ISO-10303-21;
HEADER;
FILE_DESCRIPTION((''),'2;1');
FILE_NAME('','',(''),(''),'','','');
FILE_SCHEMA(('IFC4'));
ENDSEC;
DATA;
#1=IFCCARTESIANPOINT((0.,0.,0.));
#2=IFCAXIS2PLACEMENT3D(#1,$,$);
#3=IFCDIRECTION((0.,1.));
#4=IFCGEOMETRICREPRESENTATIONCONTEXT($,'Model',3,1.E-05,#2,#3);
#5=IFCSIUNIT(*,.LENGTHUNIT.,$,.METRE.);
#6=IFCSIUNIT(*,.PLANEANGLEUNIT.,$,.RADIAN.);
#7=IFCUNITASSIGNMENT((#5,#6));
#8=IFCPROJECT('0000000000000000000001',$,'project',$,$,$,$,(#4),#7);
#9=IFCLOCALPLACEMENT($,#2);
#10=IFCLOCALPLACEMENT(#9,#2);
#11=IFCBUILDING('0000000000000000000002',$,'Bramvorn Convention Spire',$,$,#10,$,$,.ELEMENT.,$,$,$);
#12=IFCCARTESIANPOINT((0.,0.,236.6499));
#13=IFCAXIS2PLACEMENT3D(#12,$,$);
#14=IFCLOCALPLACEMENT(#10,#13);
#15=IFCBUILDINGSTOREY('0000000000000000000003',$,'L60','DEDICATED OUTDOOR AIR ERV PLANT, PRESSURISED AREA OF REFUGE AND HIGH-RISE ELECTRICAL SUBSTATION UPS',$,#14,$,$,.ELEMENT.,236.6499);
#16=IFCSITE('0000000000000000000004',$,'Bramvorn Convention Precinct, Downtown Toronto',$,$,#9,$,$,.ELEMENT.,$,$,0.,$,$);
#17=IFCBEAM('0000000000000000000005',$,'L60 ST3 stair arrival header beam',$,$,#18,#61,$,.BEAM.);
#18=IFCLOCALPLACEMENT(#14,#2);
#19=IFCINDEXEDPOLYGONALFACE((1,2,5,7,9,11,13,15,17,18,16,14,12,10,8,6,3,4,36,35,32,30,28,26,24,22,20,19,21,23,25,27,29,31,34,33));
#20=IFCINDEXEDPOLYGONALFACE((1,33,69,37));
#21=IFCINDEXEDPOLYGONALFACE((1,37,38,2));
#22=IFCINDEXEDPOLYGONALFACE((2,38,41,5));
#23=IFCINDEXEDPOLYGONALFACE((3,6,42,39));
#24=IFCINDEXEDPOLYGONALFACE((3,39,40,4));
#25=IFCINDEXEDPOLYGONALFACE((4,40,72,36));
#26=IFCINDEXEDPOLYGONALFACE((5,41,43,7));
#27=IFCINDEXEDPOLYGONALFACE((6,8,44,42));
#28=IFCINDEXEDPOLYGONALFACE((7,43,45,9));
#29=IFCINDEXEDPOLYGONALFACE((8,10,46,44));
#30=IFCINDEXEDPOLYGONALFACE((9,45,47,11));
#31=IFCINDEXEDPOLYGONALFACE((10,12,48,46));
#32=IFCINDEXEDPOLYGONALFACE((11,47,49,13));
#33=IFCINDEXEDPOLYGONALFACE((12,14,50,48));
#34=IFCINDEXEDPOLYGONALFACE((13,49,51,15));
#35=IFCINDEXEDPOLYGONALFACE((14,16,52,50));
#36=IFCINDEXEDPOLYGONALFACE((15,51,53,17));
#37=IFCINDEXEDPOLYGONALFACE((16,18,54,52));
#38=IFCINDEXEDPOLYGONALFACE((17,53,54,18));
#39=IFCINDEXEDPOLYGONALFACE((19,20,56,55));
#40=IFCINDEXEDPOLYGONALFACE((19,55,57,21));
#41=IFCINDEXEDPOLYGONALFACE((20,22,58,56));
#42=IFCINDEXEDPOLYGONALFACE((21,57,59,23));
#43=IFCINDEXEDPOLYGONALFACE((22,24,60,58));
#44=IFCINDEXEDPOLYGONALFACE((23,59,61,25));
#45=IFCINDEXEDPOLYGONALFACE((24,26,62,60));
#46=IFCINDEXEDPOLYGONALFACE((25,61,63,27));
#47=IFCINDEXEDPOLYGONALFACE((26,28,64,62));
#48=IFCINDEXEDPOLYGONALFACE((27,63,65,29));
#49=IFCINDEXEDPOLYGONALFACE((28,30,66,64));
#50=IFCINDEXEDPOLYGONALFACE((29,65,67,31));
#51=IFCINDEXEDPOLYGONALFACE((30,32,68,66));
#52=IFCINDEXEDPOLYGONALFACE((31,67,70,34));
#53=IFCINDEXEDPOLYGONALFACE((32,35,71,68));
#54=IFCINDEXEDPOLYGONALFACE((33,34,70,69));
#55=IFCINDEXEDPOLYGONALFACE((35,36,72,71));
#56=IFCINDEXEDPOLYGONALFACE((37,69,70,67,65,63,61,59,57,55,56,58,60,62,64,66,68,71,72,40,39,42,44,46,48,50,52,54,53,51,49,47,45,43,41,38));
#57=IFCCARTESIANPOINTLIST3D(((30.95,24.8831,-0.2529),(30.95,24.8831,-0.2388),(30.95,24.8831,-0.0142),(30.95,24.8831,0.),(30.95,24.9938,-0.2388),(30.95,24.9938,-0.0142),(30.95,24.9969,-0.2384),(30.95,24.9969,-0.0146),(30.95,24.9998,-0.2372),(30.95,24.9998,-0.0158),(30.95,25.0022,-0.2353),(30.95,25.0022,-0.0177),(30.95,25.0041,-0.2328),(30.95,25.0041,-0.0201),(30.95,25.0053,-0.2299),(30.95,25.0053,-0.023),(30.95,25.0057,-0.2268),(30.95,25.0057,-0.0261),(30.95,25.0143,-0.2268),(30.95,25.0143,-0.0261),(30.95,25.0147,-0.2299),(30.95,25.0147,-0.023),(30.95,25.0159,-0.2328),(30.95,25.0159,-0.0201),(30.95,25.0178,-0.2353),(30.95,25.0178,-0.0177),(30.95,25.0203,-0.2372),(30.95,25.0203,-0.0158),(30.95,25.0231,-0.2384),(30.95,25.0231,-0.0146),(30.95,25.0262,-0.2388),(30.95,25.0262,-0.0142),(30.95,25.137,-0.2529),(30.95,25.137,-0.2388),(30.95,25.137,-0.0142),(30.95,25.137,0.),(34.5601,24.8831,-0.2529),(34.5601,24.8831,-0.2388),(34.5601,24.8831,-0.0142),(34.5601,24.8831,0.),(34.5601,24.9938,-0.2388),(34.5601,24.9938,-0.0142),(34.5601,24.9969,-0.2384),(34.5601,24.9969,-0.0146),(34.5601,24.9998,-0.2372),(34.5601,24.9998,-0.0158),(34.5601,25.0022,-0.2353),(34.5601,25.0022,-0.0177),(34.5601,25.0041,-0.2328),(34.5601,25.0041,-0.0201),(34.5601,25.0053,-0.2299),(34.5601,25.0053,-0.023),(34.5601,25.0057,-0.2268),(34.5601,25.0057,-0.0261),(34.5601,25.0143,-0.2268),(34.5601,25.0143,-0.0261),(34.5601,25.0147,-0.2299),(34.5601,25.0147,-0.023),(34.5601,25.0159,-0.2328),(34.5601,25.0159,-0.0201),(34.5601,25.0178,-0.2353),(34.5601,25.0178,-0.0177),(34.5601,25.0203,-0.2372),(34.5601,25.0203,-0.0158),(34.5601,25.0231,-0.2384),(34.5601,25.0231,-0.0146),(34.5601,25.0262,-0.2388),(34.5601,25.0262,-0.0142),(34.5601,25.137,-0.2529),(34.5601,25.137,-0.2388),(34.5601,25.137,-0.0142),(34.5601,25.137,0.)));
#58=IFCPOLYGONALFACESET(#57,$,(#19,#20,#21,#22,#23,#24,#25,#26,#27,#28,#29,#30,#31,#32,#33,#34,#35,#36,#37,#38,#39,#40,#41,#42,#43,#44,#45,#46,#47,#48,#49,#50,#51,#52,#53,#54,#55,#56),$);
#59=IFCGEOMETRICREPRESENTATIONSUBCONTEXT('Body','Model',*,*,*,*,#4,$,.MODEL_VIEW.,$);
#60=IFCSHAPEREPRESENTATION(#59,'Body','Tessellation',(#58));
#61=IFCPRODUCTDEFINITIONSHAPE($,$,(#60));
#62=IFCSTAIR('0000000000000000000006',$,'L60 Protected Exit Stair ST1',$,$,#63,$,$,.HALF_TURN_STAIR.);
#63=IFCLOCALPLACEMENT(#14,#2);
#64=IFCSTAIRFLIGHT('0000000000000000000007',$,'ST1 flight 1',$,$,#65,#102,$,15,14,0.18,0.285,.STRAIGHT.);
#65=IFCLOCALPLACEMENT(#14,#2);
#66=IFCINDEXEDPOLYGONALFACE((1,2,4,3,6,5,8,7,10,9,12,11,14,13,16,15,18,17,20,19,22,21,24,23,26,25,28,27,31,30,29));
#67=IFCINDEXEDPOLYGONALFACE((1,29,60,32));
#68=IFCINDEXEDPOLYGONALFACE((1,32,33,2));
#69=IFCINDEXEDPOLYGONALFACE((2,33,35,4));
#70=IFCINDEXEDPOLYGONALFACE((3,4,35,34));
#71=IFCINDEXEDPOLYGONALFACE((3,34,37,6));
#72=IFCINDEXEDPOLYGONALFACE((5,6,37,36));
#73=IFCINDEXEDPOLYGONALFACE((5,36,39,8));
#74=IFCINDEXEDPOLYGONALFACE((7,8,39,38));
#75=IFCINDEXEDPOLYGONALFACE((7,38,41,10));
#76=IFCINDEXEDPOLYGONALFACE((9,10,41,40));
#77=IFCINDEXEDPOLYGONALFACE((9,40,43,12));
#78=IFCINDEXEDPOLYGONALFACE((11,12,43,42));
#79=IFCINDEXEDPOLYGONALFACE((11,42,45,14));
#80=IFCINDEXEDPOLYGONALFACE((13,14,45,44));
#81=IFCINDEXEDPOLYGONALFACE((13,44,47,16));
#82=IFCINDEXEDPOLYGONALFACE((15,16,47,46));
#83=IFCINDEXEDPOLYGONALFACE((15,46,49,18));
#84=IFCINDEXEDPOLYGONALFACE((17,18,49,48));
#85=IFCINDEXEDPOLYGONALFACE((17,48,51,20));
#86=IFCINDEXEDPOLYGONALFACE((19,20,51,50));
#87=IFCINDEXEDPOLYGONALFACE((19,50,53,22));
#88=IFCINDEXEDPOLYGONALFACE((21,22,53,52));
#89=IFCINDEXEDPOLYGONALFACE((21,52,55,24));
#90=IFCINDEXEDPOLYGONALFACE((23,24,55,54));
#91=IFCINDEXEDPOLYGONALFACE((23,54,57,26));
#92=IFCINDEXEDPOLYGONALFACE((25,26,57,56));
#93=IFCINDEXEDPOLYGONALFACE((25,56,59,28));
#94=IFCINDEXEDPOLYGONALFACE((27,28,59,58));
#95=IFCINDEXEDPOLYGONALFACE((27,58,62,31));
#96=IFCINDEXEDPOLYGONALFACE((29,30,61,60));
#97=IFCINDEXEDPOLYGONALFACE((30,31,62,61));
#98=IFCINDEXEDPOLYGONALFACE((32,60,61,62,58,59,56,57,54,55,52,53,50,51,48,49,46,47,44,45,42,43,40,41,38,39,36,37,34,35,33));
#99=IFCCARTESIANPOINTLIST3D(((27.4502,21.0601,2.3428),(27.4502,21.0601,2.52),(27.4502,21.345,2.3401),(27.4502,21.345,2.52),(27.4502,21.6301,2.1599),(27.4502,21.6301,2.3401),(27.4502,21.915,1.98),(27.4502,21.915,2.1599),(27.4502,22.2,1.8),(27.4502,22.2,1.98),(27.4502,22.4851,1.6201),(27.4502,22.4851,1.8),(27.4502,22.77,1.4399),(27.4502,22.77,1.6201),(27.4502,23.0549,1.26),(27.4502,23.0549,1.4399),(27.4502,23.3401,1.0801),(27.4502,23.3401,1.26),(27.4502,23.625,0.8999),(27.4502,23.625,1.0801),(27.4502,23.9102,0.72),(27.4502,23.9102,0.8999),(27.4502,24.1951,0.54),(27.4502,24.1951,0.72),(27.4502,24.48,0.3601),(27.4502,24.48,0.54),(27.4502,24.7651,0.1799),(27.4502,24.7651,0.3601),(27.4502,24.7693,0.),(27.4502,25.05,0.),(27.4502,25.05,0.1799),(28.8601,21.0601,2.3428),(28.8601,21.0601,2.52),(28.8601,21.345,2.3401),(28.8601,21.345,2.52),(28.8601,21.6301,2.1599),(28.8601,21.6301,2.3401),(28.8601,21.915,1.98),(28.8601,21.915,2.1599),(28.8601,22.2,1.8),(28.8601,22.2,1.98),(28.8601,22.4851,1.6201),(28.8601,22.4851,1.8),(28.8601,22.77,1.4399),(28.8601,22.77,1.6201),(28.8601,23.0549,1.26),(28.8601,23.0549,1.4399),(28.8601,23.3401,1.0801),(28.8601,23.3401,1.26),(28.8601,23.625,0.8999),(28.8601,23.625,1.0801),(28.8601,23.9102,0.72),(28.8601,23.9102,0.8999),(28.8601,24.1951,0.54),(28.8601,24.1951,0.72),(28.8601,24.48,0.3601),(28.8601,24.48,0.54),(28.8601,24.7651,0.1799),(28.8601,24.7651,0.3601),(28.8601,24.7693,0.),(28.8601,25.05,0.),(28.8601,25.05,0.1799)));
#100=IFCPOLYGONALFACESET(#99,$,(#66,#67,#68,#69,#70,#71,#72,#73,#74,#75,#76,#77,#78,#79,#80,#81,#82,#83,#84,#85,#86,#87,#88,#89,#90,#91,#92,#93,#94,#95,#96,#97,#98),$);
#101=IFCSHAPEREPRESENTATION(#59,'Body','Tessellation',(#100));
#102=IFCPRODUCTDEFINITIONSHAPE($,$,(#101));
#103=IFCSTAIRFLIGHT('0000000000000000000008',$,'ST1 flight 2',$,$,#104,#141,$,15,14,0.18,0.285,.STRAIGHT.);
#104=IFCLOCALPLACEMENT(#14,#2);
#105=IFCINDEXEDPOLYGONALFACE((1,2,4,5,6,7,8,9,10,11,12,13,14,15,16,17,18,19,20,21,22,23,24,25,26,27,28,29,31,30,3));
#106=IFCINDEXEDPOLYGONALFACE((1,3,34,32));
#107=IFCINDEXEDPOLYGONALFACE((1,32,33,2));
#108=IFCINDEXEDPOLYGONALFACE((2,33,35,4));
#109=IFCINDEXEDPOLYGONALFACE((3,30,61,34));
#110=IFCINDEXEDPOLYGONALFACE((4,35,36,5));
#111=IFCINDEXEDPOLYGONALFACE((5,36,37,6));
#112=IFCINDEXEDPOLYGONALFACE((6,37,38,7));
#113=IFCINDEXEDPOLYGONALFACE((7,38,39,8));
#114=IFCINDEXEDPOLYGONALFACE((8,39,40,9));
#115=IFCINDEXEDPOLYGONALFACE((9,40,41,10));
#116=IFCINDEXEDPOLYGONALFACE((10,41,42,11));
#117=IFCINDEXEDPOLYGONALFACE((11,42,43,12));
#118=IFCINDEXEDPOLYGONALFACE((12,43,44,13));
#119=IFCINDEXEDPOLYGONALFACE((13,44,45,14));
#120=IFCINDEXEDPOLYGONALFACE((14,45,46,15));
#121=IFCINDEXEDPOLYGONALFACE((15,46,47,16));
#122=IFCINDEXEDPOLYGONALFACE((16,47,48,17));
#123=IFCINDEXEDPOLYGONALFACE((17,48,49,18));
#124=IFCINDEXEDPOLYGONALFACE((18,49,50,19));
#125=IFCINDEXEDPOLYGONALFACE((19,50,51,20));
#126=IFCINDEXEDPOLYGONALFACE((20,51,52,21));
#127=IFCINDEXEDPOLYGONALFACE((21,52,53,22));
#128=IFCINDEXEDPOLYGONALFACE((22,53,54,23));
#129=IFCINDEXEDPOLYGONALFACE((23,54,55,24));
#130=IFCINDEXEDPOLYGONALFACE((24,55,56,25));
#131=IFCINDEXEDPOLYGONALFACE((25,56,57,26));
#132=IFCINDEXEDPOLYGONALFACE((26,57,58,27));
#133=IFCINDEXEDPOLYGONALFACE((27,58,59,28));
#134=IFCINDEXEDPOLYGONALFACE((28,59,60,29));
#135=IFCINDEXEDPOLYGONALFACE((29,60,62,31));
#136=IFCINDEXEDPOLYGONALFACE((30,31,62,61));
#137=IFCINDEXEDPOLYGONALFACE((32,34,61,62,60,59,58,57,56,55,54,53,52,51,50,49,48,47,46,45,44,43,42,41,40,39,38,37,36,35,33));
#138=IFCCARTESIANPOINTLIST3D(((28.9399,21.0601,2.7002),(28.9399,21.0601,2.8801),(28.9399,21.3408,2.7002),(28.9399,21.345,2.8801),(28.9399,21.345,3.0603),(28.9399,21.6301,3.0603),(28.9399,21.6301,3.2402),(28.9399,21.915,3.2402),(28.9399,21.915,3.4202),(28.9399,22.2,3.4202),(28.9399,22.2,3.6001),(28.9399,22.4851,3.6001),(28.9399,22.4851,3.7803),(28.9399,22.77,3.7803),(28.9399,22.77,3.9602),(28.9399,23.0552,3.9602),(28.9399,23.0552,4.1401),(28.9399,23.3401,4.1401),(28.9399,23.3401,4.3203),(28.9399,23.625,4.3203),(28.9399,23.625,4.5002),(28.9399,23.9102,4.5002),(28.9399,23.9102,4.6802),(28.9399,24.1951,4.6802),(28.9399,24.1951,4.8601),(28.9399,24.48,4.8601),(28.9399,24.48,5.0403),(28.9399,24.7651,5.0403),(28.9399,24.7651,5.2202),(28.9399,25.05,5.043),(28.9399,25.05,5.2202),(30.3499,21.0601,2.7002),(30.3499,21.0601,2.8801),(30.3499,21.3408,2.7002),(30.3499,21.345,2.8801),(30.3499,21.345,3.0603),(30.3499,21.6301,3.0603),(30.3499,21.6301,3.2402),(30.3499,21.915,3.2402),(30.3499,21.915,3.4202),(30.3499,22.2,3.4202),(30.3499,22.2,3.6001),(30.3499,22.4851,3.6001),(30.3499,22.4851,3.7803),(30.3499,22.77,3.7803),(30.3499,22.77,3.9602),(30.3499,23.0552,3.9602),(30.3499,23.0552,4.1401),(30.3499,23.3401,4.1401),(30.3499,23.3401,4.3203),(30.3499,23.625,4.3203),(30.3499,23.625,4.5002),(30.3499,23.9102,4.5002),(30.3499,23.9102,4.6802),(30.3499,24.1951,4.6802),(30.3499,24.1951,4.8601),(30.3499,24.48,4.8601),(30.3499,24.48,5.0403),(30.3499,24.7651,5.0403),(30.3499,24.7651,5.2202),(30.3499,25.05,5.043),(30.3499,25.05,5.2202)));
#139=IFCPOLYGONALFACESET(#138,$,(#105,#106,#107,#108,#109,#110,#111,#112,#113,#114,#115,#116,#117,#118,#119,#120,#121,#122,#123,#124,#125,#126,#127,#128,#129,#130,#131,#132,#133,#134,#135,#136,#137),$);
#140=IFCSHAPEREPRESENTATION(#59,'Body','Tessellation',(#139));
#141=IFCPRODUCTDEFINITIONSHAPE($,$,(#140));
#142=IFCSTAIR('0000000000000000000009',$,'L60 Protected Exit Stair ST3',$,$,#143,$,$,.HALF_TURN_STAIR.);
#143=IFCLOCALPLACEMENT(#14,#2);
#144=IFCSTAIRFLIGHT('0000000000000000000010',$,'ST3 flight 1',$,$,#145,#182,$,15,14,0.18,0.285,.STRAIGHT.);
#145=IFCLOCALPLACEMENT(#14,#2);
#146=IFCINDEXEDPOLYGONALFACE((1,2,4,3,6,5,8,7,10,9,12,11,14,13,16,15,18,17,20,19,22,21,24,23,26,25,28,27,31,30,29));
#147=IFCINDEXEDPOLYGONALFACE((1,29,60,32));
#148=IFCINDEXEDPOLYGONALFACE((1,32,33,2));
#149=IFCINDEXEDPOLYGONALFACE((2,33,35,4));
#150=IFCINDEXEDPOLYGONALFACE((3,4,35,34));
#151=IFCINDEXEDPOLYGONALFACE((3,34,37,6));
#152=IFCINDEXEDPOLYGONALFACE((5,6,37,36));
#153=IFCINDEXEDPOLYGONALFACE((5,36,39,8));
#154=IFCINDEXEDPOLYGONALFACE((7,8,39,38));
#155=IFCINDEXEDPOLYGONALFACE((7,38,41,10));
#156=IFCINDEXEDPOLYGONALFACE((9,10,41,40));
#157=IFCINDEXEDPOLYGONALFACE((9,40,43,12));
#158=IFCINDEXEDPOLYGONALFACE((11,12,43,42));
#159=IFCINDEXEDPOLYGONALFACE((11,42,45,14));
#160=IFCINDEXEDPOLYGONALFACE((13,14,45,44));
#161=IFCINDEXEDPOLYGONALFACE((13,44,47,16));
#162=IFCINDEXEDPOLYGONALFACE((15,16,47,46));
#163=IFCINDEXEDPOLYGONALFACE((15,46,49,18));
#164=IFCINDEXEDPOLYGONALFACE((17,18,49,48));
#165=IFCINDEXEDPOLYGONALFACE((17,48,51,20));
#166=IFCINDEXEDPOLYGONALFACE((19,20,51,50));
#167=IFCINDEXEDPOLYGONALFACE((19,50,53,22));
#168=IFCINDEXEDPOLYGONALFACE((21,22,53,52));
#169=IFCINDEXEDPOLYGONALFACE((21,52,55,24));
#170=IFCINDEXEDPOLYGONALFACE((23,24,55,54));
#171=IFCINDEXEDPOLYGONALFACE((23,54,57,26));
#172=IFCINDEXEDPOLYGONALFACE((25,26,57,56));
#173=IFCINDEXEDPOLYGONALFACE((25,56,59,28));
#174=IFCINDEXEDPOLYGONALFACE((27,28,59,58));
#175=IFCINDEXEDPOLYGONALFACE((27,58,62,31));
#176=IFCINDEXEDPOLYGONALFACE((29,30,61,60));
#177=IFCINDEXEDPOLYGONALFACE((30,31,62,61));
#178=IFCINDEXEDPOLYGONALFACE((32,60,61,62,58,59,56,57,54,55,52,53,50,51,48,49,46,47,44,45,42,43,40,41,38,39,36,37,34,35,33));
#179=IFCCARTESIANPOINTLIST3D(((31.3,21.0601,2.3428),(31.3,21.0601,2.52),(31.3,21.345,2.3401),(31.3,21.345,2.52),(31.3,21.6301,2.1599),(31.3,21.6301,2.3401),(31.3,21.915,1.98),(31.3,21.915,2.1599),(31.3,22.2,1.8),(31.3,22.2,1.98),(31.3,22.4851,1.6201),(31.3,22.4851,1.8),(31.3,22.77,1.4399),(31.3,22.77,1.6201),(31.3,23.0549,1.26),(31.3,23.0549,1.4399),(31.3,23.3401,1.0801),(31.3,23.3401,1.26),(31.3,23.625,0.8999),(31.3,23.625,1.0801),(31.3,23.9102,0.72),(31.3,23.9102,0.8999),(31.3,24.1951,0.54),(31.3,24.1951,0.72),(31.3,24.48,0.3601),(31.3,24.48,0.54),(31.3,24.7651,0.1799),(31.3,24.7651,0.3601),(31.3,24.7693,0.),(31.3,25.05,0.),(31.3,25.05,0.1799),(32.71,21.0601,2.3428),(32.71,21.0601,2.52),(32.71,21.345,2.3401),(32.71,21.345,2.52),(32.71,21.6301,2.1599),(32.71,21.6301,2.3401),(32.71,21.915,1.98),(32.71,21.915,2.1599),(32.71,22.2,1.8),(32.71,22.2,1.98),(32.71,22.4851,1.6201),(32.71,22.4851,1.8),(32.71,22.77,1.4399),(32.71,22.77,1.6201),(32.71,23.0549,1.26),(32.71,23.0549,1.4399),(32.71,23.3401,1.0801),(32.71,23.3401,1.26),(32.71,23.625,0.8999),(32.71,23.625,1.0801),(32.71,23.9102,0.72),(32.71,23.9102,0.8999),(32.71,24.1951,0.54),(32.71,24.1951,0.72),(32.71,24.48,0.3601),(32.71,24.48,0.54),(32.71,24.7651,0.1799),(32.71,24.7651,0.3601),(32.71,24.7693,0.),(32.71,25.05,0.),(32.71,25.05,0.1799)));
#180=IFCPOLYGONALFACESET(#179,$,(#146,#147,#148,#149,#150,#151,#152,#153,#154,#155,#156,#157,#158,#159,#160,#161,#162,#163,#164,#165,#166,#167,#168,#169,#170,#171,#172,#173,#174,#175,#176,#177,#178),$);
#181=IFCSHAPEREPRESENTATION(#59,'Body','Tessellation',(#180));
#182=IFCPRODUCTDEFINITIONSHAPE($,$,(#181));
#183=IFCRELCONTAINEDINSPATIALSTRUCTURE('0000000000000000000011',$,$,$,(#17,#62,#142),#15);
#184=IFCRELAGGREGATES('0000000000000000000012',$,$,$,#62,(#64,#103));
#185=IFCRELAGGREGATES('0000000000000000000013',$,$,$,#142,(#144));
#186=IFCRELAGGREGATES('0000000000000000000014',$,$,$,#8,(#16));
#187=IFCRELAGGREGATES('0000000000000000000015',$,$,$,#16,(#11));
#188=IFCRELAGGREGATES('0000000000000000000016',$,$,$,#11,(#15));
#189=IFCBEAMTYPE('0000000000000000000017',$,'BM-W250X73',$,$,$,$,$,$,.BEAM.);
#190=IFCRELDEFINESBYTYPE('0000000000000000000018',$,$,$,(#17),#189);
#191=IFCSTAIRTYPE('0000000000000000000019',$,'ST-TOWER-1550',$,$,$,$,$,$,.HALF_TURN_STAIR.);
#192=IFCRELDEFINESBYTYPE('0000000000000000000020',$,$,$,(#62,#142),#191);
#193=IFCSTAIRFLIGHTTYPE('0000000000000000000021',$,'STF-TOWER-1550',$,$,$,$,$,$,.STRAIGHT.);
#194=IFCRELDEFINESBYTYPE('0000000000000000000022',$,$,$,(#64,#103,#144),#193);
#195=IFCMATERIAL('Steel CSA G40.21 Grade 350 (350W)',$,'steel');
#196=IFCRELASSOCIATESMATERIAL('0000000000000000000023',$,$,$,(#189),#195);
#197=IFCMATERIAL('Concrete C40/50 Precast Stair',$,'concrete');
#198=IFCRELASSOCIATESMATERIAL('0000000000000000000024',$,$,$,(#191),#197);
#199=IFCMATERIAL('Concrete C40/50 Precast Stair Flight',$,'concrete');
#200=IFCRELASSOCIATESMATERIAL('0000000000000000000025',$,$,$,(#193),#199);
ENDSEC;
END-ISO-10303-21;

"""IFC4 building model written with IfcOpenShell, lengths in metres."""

from ifc_helpers import new_model, si_unit, direction, frame, origin, origin_2d, place, context, subcontext, project, spatial, polyline, i_section, outline, extrude, material, material_profile, profile_set, type_object, element, aggregate, save


model = new_model("IFC4")

# Units and contexts
model_context = context("Model", 3, precision=1e-05, world=origin(), true_north=direction((0.0, 1.0)))
body_context = subcontext(model_context, "Body", "Model", "MODEL_VIEW")
ifc_project = project(units=[si_unit("LENGTHUNIT", "METRE"), si_unit("PLANEANGLEUNIT", "RADIAN")], contexts=[model_context])

# Site, building, storey
site_placement = place(None, origin())
site = spatial("IfcSite", under=ifc_project, at=site_placement, Name="Bramvorn Convention Precinct, Downtown Toronto", CompositionType="ELEMENT", RefElevation=0.0)
building_placement = place(site_placement, origin())
building = spatial("IfcBuilding", under=site, at=building_placement, Name="Bramvorn Convention Spire", CompositionType="ELEMENT")
storey_placement = place(building_placement, frame((0.0, 0.0, 236.6499)))
storey = spatial("IfcBuildingStorey", under=building, at=storey_placement, Name="L60", Description="DEDICATED OUTDOOR AIR ERV PLANT, PRESSURISED AREA OF REFUGE AND HIGH-RISE ELECTRICAL SUBSTATION UPS", CompositionType="ELEMENT", Elevation=236.6499)

# Beam
ifc_material_1 = material(Name="Steel CSA G40.21 Grade 350 (350W)", Category="steel")
ifc_material_profile = material_profile(ifc_material_1, i_section(OverallWidth=0.2539, OverallDepth=0.2529, WebThickness=0.0085, FlangeThickness=0.0142, FilletRadius=0.012, at=origin_2d()))
ifc_profile_set = profile_set([ifc_material_profile], Name="Steel CSA G40.21 Grade 350 (350W) - W250X73")
beam_type = type_object("IfcBeamType", Name="BM-W250X73", PredefinedType="BEAM", material=ifc_profile_set)
beam_placement = place(storey_placement, frame((30.95, 25.01, -0.1265), z_axis=(1.0, 0.0, 0.0), x_axis=(0.0, 1.0, 0.0)))
element("IfcBeam", 1, at=beam_placement, inside=storey, type_object=beam_type, Name="L60 ST3 stair arrival header beam", PredefinedType="BEAM", context=body_context, shape_type="SweptSolid", body=[
    extrude(i_section(OverallWidth=0.2539, OverallDepth=0.2529, WebThickness=0.0085, FlangeThickness=0.0142, FilletRadius=0.012, at=origin_2d()), origin(), (0.0, 0.0, 1.0), 3.6101),
])

# Stairs, stair flights
ifc_material_2 = material(Name="Concrete C40/50 Precast Stair", Category="concrete")
stair_type = type_object("IfcStairType", Name="ST-TOWER-1550", PredefinedType="HALF_TURN_STAIR", material=ifc_material_2)
stair_1_placement = place(storey_placement, origin())
stair_1 = element("IfcStair", 2, at=stair_1_placement, inside=storey, type_object=stair_type, Name="L60 Protected Exit Stair ST1", PredefinedType="HALF_TURN_STAIR")
ifc_material_3 = material(Name="Concrete C40/50 Precast Stair Flight", Category="concrete")
stair_flight_type = type_object("IfcStairFlightType", Name="STF-TOWER-1550", PredefinedType="STRAIGHT", material=ifc_material_3)
stair_flight_1_placement = place(storey_placement, frame((28.155, 25.05, 0.0), z_axis=(0.0, 0.0, 1.0), x_axis=(0.0, -1.0, 0.0)))
stair_flight_1 = element("IfcStairFlight", 3, at=stair_flight_1_placement, type_object=stair_flight_type, Name="ST1 flight 1", NumberOfRisers=15, NumberOfTreads=14, PredefinedType="STRAIGHT", RiserHeight=0.18, TreadLength=0.285, context=body_context, shape_type="SweptSolid", body=[
    extrude(outline(polyline([(0.0, 0.0), (0.0, 0.1799), (0.2849, 0.1799), (0.2849, 0.3601), (0.5701, 0.3601), (0.5701, 0.54), (0.855, 0.54), (0.855, 0.72), (1.1399, 0.72), (1.1399, 0.8999), (1.425, 0.8999), (1.425, 1.0801), (1.71, 1.0801), (1.71, 1.26), (1.9951, 1.26), (1.9951, 1.4399), (2.28, 1.4399), (2.28, 1.6201), (2.5649, 1.6201), (2.5649, 1.8), (2.8501, 1.8), (2.8501, 1.98), (3.135, 1.98), (3.135, 2.1599), (3.4199, 2.1599), (3.4199, 2.3401), (3.7051, 2.3401), (3.7051, 2.52), (3.99, 2.52), (3.99, 2.7), (3.99, 2.3428), (0.2808, 0.0), (0.0, 0.0)])), frame((0.0, 0.7051, 0.0), z_axis=(0.0, -1.0, 0.0), x_axis=(1.0, 0.0, 0.0)), (0.0, 0.0, 1.0), 1.4099),
])
stair_flight_2_placement = place(storey_placement, frame((29.645, 21.0601, 2.7002), z_axis=(0.0, 0.0, 1.0), x_axis=(0.0, 1.0, 0.0)))
stair_flight_2 = element("IfcStairFlight", 4, at=stair_flight_2_placement, type_object=stair_flight_type, Name="ST1 flight 2", NumberOfRisers=15, NumberOfTreads=14, PredefinedType="STRAIGHT", RiserHeight=0.18, TreadLength=0.285, context=body_context, shape_type="SweptSolid", body=[
    extrude(outline(polyline([(0.0, 0.0), (0.0, 0.1799), (0.2849, 0.1799), (0.2849, 0.3601), (0.5701, 0.3601), (0.5701, 0.54), (0.855, 0.54), (0.855, 0.72), (1.1399, 0.72), (1.1399, 0.8999), (1.425, 0.8999), (1.425, 1.0801), (1.71, 1.0801), (1.71, 1.26), (1.9951, 1.26), (1.9951, 1.4399), (2.28, 1.4399), (2.28, 1.6201), (2.5649, 1.6201), (2.5649, 1.8), (2.8501, 1.8), (2.8501, 1.98), (3.135, 1.98), (3.135, 2.1599), (3.4199, 2.1599), (3.4199, 2.3401), (3.7051, 2.3401), (3.7051, 2.52), (3.99, 2.52), (3.99, 2.7), (3.99, 2.3428), (0.2808, 0.0), (0.0, 0.0)])), frame((0.0, 0.7051, 0.0), z_axis=(0.0, -1.0, 0.0), x_axis=(1.0, 0.0, 0.0)), (0.0, 0.0, 1.0), 1.4099),
])
aggregate(stair_1, [stair_flight_1, stair_flight_2])
stair_2_placement = place(storey_placement, origin())
stair_2 = element("IfcStair", 5, at=stair_2_placement, inside=storey, type_object=stair_type, Name="L60 Protected Exit Stair ST3", PredefinedType="HALF_TURN_STAIR")
stair_flight_3_placement = place(storey_placement, frame((32.0049, 25.05, 0.0), z_axis=(0.0, 0.0, 1.0), x_axis=(0.0, -1.0, 0.0)))
stair_flight_3 = element("IfcStairFlight", 6, at=stair_flight_3_placement, type_object=stair_flight_type, Name="ST3 flight 1", NumberOfRisers=15, NumberOfTreads=14, PredefinedType="STRAIGHT", RiserHeight=0.18, TreadLength=0.285, context=body_context, shape_type="SweptSolid", body=[
    extrude(outline(polyline([(0.0, 0.0), (0.0, 0.1799), (0.2849, 0.1799), (0.2849, 0.3601), (0.5701, 0.3601), (0.5701, 0.54), (0.855, 0.54), (0.855, 0.72), (1.1399, 0.72), (1.1399, 0.8999), (1.425, 0.8999), (1.425, 1.0801), (1.71, 1.0801), (1.71, 1.26), (1.9951, 1.26), (1.9951, 1.4399), (2.28, 1.4399), (2.28, 1.6201), (2.5649, 1.6201), (2.5649, 1.8), (2.8501, 1.8), (2.8501, 1.98), (3.135, 1.98), (3.135, 2.1599), (3.4199, 2.1599), (3.4199, 2.3401), (3.7051, 2.3401), (3.7051, 2.52), (3.99, 2.52), (3.99, 2.7), (3.99, 2.3428), (0.2808, 0.0), (0.0, 0.0)])), frame((0.0, 0.7051, 0.0), z_axis=(0.0, -1.0, 0.0), x_axis=(1.0, 0.0, 0.0)), (0.0, 0.0, 1.0), 1.4099),
])
aggregate(stair_2, [stair_flight_3])

save(model, "model.ifc")
